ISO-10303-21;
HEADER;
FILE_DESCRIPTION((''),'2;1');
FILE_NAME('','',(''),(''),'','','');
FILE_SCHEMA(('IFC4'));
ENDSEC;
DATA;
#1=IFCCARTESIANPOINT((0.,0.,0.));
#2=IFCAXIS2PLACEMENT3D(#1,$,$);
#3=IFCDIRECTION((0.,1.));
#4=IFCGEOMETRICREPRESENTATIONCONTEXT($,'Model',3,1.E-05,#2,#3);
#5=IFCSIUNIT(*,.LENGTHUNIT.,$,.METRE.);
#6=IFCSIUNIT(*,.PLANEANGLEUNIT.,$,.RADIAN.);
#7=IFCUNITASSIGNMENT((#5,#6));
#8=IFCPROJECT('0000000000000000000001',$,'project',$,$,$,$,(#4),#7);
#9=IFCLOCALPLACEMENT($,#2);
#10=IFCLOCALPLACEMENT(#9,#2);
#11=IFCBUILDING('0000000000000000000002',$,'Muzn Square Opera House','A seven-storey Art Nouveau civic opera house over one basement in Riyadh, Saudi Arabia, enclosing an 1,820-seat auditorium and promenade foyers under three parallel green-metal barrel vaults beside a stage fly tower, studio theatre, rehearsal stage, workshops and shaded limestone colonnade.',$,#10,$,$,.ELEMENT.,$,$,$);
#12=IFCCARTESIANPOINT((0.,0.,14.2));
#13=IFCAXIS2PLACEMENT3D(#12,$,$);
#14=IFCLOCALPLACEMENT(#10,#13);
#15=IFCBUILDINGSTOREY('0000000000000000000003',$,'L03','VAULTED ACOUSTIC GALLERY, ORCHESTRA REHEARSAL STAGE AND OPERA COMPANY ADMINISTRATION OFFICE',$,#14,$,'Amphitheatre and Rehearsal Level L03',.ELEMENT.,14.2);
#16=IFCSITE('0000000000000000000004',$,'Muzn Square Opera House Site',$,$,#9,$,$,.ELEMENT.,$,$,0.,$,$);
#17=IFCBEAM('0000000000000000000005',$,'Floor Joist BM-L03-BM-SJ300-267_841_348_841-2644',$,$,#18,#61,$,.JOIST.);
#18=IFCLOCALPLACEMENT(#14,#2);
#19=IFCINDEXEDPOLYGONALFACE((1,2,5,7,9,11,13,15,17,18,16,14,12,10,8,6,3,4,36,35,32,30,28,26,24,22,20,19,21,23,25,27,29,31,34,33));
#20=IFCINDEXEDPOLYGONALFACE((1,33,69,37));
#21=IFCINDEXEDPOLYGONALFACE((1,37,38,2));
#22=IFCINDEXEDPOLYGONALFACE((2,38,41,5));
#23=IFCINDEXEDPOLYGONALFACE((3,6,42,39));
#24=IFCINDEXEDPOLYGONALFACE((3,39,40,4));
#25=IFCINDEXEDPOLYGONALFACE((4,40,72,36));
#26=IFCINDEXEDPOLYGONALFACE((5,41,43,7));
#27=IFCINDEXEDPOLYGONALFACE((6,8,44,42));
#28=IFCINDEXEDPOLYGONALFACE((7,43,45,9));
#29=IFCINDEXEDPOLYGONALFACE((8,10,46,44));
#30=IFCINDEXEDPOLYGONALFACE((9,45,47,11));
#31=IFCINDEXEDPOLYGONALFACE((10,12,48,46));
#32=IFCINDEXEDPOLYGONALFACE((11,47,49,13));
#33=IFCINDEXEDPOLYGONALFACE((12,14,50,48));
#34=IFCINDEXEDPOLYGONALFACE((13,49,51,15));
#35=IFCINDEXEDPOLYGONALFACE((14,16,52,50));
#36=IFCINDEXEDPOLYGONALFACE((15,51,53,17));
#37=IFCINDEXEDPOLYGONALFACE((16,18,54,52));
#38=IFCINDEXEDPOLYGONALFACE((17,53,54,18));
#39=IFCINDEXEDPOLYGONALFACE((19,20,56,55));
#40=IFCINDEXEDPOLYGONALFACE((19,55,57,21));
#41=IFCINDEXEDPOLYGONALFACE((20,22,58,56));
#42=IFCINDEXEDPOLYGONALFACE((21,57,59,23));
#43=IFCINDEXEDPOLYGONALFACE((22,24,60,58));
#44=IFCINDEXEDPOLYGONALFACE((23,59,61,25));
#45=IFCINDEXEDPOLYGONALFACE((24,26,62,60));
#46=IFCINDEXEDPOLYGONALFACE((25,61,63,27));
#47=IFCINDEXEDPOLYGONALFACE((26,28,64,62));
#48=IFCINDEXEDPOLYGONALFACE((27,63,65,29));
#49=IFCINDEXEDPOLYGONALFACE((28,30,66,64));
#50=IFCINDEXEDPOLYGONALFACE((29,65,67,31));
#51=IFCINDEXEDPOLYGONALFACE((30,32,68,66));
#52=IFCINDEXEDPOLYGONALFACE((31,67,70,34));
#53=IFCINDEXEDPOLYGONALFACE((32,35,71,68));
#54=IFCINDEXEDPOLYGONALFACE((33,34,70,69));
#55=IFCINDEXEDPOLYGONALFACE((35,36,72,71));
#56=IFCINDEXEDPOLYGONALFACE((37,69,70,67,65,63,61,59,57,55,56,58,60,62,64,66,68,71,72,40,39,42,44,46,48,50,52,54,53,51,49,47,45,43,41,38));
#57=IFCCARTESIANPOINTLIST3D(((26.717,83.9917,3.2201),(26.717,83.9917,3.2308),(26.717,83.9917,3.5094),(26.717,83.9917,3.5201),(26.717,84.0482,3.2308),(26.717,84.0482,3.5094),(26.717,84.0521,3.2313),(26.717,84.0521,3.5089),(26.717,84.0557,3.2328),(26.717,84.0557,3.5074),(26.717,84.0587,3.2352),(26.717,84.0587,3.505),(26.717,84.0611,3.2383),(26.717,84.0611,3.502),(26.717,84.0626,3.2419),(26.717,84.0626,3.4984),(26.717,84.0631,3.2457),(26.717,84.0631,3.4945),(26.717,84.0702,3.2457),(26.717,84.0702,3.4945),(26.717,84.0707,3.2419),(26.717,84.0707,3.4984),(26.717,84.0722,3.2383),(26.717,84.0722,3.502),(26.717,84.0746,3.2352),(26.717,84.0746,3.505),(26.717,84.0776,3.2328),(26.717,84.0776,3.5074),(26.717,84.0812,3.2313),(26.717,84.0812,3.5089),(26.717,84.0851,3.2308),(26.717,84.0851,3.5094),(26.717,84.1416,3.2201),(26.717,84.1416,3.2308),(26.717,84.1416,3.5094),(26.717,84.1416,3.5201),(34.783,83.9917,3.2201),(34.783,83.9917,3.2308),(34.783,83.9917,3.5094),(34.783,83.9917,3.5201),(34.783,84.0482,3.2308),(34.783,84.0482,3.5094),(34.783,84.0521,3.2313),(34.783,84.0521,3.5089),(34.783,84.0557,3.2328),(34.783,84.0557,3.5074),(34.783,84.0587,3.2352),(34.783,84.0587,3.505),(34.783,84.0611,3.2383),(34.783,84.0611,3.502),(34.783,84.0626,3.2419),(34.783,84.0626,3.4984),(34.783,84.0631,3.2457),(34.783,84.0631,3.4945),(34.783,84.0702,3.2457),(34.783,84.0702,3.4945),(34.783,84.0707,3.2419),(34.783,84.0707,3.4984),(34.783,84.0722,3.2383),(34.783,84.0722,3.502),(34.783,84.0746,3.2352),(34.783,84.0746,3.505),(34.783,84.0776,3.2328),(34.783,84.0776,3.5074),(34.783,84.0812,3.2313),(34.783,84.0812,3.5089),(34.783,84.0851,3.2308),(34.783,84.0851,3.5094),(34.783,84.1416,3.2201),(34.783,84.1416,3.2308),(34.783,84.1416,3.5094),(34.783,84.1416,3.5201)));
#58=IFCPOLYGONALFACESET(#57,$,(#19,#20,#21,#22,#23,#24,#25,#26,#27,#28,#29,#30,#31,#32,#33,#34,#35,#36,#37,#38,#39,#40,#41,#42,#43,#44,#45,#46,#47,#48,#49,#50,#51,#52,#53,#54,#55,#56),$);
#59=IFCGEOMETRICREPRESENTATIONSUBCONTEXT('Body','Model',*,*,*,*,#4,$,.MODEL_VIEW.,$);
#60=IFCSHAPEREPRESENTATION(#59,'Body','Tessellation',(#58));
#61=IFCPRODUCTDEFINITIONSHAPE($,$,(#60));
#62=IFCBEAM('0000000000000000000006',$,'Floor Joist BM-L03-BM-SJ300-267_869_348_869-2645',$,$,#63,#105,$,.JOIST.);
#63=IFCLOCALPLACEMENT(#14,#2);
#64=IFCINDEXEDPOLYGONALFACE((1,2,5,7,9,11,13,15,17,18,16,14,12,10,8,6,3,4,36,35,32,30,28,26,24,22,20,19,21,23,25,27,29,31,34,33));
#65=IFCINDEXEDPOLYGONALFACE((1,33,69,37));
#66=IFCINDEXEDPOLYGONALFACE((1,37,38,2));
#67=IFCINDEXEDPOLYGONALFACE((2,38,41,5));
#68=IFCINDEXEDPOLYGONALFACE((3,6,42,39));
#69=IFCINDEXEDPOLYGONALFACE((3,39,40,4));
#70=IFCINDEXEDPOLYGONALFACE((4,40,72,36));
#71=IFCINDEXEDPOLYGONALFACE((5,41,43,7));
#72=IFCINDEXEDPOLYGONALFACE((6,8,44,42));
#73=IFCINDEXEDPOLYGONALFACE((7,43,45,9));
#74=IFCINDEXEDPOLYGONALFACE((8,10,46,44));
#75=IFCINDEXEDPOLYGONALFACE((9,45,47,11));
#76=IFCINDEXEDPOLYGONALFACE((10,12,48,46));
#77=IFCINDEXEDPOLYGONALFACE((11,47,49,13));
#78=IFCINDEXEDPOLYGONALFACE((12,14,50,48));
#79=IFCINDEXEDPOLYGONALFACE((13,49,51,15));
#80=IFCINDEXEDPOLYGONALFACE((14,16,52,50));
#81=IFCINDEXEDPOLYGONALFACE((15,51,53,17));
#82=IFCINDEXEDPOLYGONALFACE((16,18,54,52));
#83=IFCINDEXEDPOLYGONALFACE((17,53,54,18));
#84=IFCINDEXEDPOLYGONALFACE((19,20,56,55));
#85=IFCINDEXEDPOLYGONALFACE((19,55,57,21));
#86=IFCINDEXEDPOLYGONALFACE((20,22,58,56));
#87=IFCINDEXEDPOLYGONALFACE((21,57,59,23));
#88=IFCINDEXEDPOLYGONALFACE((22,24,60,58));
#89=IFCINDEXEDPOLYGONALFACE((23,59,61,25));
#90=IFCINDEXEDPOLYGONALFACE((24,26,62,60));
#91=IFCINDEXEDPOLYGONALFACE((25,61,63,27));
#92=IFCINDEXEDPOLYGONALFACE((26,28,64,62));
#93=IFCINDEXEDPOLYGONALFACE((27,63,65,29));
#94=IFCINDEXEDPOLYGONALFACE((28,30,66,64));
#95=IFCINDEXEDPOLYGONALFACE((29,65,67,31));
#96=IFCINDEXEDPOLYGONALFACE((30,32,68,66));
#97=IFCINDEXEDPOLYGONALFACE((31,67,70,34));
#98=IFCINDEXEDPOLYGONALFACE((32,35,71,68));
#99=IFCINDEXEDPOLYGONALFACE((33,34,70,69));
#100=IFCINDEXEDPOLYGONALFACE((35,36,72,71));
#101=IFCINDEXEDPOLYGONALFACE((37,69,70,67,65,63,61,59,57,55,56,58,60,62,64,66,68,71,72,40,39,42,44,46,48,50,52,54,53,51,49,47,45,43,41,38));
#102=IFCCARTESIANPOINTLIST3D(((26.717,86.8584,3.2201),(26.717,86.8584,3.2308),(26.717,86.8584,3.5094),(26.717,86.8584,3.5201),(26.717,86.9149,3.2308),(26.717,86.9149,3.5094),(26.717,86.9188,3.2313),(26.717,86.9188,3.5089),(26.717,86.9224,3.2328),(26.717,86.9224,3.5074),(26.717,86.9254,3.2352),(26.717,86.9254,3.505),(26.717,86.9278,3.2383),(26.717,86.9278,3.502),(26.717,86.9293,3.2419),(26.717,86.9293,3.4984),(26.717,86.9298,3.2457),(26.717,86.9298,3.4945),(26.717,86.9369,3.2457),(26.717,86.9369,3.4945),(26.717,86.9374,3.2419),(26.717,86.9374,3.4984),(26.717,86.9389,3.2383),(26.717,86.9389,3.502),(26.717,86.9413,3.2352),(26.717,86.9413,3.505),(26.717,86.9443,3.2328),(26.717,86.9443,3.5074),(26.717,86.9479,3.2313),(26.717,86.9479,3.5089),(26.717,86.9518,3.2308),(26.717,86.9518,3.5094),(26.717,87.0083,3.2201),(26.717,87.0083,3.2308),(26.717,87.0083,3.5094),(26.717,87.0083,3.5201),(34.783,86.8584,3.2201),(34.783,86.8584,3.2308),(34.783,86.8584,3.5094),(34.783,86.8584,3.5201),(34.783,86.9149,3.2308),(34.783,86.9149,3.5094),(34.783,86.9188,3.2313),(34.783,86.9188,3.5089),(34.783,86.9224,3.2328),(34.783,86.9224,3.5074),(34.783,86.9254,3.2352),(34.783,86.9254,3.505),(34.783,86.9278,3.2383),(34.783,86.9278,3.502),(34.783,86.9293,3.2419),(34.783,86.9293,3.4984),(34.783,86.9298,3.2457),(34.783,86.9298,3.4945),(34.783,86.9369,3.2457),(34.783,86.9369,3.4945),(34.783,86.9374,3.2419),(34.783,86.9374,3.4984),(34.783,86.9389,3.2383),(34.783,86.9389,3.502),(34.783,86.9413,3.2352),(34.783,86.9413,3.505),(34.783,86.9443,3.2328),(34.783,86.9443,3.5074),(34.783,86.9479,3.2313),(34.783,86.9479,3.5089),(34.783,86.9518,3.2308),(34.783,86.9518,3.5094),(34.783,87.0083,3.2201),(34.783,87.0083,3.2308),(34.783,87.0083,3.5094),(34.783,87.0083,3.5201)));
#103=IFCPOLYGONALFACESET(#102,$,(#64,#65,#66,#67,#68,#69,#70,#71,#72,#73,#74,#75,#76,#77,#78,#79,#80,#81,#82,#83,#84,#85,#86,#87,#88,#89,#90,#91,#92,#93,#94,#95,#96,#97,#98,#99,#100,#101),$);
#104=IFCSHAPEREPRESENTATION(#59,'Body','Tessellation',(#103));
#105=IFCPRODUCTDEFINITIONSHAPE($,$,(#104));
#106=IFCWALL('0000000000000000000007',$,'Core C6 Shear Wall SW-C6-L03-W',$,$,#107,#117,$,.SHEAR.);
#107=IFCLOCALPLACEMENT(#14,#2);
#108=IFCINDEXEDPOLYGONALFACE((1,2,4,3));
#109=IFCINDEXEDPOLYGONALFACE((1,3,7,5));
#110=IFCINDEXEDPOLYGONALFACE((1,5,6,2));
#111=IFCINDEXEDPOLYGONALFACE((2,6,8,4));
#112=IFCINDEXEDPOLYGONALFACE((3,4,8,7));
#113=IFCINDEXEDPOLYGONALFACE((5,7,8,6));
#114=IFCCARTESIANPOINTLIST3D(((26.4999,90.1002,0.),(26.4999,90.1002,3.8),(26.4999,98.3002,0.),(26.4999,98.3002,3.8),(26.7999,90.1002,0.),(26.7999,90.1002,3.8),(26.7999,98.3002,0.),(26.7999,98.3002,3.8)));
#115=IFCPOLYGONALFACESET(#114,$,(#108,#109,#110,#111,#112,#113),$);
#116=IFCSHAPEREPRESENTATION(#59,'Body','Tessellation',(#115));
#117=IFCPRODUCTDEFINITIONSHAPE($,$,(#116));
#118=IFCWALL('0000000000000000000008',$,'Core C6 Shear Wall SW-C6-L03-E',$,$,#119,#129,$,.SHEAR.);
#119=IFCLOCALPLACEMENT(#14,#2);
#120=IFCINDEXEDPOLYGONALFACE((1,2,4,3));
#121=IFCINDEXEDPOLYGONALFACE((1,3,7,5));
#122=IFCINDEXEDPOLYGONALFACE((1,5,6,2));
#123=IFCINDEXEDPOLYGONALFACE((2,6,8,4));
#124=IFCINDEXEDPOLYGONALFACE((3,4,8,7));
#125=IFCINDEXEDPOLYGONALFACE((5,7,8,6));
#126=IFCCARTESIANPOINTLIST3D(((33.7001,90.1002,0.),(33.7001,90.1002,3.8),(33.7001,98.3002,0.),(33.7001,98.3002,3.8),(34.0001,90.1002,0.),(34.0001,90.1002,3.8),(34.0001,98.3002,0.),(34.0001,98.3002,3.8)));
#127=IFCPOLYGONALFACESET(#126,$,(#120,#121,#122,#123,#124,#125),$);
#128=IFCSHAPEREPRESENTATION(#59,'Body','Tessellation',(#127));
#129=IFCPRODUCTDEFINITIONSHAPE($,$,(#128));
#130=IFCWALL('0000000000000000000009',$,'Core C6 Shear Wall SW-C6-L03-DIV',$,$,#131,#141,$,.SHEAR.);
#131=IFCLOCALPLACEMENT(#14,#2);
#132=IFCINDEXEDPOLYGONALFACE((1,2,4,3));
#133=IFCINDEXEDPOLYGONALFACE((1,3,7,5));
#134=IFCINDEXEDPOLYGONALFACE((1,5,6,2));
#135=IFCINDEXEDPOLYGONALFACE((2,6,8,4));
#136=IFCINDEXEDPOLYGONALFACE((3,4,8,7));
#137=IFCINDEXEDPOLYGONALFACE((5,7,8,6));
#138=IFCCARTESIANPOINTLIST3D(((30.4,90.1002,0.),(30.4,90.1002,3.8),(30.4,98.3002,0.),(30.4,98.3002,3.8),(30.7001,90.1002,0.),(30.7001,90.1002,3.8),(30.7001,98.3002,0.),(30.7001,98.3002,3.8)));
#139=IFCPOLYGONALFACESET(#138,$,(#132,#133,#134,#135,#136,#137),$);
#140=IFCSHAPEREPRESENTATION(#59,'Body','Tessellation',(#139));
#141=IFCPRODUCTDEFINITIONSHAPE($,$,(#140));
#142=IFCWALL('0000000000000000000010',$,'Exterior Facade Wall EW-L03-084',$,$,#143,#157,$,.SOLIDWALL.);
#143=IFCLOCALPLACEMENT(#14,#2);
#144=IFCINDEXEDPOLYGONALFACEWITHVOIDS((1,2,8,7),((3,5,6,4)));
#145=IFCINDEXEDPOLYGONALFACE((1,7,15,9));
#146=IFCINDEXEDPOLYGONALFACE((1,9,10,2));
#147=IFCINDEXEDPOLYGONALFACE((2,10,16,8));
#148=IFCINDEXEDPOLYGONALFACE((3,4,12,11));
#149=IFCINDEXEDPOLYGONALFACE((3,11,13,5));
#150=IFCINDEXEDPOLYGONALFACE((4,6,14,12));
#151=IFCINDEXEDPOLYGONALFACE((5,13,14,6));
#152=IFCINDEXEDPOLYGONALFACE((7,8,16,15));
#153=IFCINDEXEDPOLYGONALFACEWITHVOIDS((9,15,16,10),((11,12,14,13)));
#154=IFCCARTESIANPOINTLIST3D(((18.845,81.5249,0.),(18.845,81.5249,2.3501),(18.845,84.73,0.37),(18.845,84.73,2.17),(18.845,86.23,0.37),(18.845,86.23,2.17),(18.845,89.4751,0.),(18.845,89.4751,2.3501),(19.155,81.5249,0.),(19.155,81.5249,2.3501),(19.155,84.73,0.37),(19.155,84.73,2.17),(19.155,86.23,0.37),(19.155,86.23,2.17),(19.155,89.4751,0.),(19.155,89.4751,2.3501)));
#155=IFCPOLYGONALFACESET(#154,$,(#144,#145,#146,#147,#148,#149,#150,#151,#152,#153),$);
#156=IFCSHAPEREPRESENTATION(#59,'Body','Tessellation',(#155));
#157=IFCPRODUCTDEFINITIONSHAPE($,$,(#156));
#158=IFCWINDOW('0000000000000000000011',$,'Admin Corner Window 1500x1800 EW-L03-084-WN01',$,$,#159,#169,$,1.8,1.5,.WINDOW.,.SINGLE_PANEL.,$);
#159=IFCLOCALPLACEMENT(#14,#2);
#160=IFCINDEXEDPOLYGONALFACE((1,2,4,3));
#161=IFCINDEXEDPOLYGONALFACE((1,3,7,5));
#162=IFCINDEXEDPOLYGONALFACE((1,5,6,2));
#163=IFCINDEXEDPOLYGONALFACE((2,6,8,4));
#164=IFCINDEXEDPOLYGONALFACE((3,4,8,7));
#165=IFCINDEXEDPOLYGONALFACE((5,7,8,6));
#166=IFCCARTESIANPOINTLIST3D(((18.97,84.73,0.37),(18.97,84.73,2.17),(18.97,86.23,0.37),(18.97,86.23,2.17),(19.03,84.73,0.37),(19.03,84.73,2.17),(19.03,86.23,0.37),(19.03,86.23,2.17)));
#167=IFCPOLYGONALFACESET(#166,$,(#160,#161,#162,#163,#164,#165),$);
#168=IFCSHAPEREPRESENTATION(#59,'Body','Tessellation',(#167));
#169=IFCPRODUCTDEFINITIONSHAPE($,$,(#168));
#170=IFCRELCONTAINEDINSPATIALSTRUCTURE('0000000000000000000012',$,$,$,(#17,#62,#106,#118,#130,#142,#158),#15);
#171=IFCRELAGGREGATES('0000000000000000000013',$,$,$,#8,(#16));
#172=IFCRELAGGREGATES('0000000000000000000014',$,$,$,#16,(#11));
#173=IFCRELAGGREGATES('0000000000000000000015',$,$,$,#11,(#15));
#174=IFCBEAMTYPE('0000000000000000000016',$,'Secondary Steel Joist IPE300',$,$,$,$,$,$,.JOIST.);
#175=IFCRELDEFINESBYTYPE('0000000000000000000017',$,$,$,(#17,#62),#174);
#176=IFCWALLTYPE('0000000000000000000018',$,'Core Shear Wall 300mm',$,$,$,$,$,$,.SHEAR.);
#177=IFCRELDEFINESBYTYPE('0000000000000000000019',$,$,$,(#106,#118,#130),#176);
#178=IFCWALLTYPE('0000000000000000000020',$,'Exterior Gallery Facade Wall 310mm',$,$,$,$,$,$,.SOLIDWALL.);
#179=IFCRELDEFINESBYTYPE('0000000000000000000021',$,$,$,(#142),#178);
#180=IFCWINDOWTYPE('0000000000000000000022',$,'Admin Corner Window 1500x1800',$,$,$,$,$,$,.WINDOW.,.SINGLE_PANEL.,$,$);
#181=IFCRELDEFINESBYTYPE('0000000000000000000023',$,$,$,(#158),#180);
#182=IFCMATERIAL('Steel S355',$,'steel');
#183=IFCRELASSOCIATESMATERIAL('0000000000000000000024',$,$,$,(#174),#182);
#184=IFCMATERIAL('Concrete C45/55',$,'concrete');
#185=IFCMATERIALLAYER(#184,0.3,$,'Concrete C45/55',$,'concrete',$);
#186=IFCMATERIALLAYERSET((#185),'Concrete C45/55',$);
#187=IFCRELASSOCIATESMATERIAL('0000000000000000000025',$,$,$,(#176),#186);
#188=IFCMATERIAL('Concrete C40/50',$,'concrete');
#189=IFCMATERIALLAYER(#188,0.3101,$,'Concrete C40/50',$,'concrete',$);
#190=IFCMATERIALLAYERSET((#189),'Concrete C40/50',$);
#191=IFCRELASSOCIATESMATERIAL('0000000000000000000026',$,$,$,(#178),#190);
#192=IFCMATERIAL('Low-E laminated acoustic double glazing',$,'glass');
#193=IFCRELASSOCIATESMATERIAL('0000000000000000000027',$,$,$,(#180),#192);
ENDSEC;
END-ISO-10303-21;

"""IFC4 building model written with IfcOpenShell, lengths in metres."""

from ifc_helpers import new_model, si_unit, direction, frame, frame_2d, origin, origin_2d, place, context, subcontext, project, spatial, rectangle, i_section, extrude, material, layer, layer_set, material_profile, profile_set, type_object, element, fill, save


model = new_model("IFC4")

# Units and contexts
model_context = context("Model", 3, precision=1e-05, world=origin(), true_north=direction((0.0, 1.0)))
body_context = subcontext(model_context, "Body", "Model", "MODEL_VIEW")
ifc_project = project(units=[si_unit("LENGTHUNIT", "METRE"), si_unit("PLANEANGLEUNIT", "RADIAN")], contexts=[model_context])

# Site, building, storey
site_placement = place(None, origin())
site = spatial("IfcSite", under=ifc_project, at=site_placement, Name="Muzn Square Opera House Site", CompositionType="ELEMENT", RefElevation=0.0)
building_placement = place(site_placement, origin())
building = spatial("IfcBuilding", under=site, at=building_placement, Name="Muzn Square Opera House", Description="A seven-storey Art Nouveau civic opera house over one basement in Riyadh, Saudi Arabia, enclosing an 1,820-seat auditorium and promenade foyers under three parallel green-metal barrel vaults beside a stage fly tower, studio theatre, rehearsal stage, workshops and shaded limestone colonnade.", CompositionType="ELEMENT")
storey_placement = place(building_placement, frame((0.0, 0.0, 14.2)))
storey = spatial("IfcBuildingStorey", under=building, at=storey_placement, Name="L03", Description="VAULTED ACOUSTIC GALLERY, ORCHESTRA REHEARSAL STAGE AND OPERA COMPANY ADMINISTRATION OFFICE", LongName="Amphitheatre and Rehearsal Level L03", CompositionType="ELEMENT", Elevation=14.2)

# Shared definitions
ifc_material_1 = material(Name="Concrete C45/55", Category="concrete")

# Beams
ifc_material_2 = material(Name="Concrete C40/50", Category="concrete")
ifc_material_3 = material(Name="Steel S355", Category="steel")
ifc_material_profile_1 = material_profile(ifc_material_3, i_section(OverallWidth=0.1499, OverallDepth=0.3, WebThickness=0.0071, FlangeThickness=0.0107, FilletRadius=0.0149, at=origin_2d()), Name="IPE 300", Category="steel")
ifc_profile_set_1 = profile_set([ifc_material_profile_1], Name="Steel S355")
beam_type_1 = type_object("IfcBeamType", Name="Secondary Steel Joist IPE300", PredefinedType="JOIST", material=ifc_profile_set_1)
for number, where, z_axis, x_axis, name in (
    (1, (26.717, 84.0667, 3.3701), (1.0, 0.0, 0.0), (0.0, 1.0, 0.0), "Floor Joist BM-L03-BM-SJ300-267_841_348_841-2644"),
    (2, (26.717, 86.9333, 3.3701), (1.0, 0.0, 0.0), (0.0, 1.0, 0.0), "Floor Joist BM-L03-BM-SJ300-267_869_348_869-2645"),
):
    element("IfcBeam", number, at=place(storey_placement, frame(where, z_axis=z_axis, x_axis=x_axis)), inside=storey, type_object=beam_type_1, Name=name, PredefinedType="JOIST", context=body_context, shape_type="SweptSolid", body=[
        extrude(i_section(OverallWidth=0.1499, OverallDepth=0.3, WebThickness=0.0071, FlangeThickness=0.0107, FilletRadius=0.0149, at=origin_2d()), origin(), (0.0, 0.0, 1.0), 8.0659),
    ])

# Walls
ifc_layer_1 = layer(ifc_material_1, 0.3, Name="Concrete C45/55", Category="concrete")
ifc_layer_set_1 = layer_set([ifc_layer_1], Name="Concrete C45/55")
wall_type_1 = type_object("IfcWallType", Name="Core Shear Wall 300mm", PredefinedType="SHEAR", material=ifc_layer_set_1)
for number, where, z_axis, x_axis, name in (
    (3, (26.6499, 90.1001, 0.0), (0.0, 0.0, 1.0), (0.0, 1.0, 0.0), "Core C6 Shear Wall SW-C6-L03-W"),
    (4, (33.8501, 90.1001, 0.0), (0.0, 0.0, 1.0), (0.0, 1.0, 0.0), "Core C6 Shear Wall SW-C6-L03-E"),
    (5, (30.55, 90.1001, 0.0), (0.0, 0.0, 1.0), (0.0, 1.0, 0.0), "Core C6 Shear Wall SW-C6-L03-DIV"),
):
    element("IfcWall", number, at=place(storey_placement, frame(where, z_axis=z_axis, x_axis=x_axis)), inside=storey, type_object=wall_type_1, Name=name, PredefinedType="SHEAR", context=body_context, shape_type="SweptSolid", body=[
        extrude(rectangle(XDim=8.2, YDim=0.3, at=frame_2d((4.1001, 0.0))), origin(), (0.0, 0.0, 1.0), 3.8),
    ])

# Wall, opening, window
ifc_layer_2 = layer(ifc_material_2, 0.3101, Name="Concrete C40/50", Category="concrete")
ifc_layer_set_2 = layer_set([ifc_layer_2], Name="Concrete C40/50")
wall_type_2 = type_object("IfcWallType", Name="Exterior Gallery Facade Wall 310mm", PredefinedType="SOLIDWALL", material=ifc_layer_set_2)
wall_1_placement = place(storey_placement, frame((19.0, 81.5249, 0.0), z_axis=(0.0, 0.0, 1.0), x_axis=(0.0, 1.0, 0.0)))
wall_1 = element("IfcWall", 6, at=wall_1_placement, inside=storey, type_object=wall_type_2, Name="Exterior Facade Wall EW-L03-084", PredefinedType="SOLIDWALL", context=body_context, shape_type="SweptSolid", body=[
    extrude(rectangle(XDim=7.9502, YDim=0.3101, at=frame_2d((3.9751, 0.0))), origin(), (0.0, 0.0, 1.0), 2.3501),
])
opening_1_placement = place(wall_1_placement, frame((3.2051, 0.0, 0.3701)))
opening_1 = element("IfcOpeningElement", 7, at=opening_1_placement, cuts=wall_1, PredefinedType="OPENING", context=body_context, shape_type="SweptSolid", body=[
    extrude(rectangle(XDim=1.5, YDim=1.8, at=frame_2d((0.75, 0.8999))), frame((0.0, 0.165, 0.0), z_axis=(0.0, -1.0, 0.0), x_axis=(1.0, 0.0, 0.0)), (0.0, 0.0, 1.0), 0.3301),
])
ifc_material_4 = material(Name="Low-E laminated acoustic double glazing", Category="glass")
window_type = type_object("IfcWindowType", Name="Admin Corner Window 1500x1800", PartitioningType="SINGLE_PANEL", PredefinedType="WINDOW", material=ifc_material_4)
window_placement = place(opening_1_placement, origin())
window = element("IfcWindow", 8, at=window_placement, inside=storey, type_object=window_type, Name="Admin Corner Window 1500x1800 EW-L03-084-WN01", OverallHeight=1.8, OverallWidth=1.5, PartitioningType="SINGLE_PANEL", PredefinedType="WINDOW", context=body_context, shape_type="SweptSolid", body=[
    extrude(rectangle(XDim=1.5, YDim=1.8, at=frame_2d((0.75, 0.8999))), frame((0.0, 0.03, 0.0), z_axis=(0.0, -1.0, 0.0), x_axis=(1.0, 0.0, 0.0)), (0.0, 0.0, 1.0), 0.0601),
])
fill(opening_1, window)

save(model, "model.ifc")
